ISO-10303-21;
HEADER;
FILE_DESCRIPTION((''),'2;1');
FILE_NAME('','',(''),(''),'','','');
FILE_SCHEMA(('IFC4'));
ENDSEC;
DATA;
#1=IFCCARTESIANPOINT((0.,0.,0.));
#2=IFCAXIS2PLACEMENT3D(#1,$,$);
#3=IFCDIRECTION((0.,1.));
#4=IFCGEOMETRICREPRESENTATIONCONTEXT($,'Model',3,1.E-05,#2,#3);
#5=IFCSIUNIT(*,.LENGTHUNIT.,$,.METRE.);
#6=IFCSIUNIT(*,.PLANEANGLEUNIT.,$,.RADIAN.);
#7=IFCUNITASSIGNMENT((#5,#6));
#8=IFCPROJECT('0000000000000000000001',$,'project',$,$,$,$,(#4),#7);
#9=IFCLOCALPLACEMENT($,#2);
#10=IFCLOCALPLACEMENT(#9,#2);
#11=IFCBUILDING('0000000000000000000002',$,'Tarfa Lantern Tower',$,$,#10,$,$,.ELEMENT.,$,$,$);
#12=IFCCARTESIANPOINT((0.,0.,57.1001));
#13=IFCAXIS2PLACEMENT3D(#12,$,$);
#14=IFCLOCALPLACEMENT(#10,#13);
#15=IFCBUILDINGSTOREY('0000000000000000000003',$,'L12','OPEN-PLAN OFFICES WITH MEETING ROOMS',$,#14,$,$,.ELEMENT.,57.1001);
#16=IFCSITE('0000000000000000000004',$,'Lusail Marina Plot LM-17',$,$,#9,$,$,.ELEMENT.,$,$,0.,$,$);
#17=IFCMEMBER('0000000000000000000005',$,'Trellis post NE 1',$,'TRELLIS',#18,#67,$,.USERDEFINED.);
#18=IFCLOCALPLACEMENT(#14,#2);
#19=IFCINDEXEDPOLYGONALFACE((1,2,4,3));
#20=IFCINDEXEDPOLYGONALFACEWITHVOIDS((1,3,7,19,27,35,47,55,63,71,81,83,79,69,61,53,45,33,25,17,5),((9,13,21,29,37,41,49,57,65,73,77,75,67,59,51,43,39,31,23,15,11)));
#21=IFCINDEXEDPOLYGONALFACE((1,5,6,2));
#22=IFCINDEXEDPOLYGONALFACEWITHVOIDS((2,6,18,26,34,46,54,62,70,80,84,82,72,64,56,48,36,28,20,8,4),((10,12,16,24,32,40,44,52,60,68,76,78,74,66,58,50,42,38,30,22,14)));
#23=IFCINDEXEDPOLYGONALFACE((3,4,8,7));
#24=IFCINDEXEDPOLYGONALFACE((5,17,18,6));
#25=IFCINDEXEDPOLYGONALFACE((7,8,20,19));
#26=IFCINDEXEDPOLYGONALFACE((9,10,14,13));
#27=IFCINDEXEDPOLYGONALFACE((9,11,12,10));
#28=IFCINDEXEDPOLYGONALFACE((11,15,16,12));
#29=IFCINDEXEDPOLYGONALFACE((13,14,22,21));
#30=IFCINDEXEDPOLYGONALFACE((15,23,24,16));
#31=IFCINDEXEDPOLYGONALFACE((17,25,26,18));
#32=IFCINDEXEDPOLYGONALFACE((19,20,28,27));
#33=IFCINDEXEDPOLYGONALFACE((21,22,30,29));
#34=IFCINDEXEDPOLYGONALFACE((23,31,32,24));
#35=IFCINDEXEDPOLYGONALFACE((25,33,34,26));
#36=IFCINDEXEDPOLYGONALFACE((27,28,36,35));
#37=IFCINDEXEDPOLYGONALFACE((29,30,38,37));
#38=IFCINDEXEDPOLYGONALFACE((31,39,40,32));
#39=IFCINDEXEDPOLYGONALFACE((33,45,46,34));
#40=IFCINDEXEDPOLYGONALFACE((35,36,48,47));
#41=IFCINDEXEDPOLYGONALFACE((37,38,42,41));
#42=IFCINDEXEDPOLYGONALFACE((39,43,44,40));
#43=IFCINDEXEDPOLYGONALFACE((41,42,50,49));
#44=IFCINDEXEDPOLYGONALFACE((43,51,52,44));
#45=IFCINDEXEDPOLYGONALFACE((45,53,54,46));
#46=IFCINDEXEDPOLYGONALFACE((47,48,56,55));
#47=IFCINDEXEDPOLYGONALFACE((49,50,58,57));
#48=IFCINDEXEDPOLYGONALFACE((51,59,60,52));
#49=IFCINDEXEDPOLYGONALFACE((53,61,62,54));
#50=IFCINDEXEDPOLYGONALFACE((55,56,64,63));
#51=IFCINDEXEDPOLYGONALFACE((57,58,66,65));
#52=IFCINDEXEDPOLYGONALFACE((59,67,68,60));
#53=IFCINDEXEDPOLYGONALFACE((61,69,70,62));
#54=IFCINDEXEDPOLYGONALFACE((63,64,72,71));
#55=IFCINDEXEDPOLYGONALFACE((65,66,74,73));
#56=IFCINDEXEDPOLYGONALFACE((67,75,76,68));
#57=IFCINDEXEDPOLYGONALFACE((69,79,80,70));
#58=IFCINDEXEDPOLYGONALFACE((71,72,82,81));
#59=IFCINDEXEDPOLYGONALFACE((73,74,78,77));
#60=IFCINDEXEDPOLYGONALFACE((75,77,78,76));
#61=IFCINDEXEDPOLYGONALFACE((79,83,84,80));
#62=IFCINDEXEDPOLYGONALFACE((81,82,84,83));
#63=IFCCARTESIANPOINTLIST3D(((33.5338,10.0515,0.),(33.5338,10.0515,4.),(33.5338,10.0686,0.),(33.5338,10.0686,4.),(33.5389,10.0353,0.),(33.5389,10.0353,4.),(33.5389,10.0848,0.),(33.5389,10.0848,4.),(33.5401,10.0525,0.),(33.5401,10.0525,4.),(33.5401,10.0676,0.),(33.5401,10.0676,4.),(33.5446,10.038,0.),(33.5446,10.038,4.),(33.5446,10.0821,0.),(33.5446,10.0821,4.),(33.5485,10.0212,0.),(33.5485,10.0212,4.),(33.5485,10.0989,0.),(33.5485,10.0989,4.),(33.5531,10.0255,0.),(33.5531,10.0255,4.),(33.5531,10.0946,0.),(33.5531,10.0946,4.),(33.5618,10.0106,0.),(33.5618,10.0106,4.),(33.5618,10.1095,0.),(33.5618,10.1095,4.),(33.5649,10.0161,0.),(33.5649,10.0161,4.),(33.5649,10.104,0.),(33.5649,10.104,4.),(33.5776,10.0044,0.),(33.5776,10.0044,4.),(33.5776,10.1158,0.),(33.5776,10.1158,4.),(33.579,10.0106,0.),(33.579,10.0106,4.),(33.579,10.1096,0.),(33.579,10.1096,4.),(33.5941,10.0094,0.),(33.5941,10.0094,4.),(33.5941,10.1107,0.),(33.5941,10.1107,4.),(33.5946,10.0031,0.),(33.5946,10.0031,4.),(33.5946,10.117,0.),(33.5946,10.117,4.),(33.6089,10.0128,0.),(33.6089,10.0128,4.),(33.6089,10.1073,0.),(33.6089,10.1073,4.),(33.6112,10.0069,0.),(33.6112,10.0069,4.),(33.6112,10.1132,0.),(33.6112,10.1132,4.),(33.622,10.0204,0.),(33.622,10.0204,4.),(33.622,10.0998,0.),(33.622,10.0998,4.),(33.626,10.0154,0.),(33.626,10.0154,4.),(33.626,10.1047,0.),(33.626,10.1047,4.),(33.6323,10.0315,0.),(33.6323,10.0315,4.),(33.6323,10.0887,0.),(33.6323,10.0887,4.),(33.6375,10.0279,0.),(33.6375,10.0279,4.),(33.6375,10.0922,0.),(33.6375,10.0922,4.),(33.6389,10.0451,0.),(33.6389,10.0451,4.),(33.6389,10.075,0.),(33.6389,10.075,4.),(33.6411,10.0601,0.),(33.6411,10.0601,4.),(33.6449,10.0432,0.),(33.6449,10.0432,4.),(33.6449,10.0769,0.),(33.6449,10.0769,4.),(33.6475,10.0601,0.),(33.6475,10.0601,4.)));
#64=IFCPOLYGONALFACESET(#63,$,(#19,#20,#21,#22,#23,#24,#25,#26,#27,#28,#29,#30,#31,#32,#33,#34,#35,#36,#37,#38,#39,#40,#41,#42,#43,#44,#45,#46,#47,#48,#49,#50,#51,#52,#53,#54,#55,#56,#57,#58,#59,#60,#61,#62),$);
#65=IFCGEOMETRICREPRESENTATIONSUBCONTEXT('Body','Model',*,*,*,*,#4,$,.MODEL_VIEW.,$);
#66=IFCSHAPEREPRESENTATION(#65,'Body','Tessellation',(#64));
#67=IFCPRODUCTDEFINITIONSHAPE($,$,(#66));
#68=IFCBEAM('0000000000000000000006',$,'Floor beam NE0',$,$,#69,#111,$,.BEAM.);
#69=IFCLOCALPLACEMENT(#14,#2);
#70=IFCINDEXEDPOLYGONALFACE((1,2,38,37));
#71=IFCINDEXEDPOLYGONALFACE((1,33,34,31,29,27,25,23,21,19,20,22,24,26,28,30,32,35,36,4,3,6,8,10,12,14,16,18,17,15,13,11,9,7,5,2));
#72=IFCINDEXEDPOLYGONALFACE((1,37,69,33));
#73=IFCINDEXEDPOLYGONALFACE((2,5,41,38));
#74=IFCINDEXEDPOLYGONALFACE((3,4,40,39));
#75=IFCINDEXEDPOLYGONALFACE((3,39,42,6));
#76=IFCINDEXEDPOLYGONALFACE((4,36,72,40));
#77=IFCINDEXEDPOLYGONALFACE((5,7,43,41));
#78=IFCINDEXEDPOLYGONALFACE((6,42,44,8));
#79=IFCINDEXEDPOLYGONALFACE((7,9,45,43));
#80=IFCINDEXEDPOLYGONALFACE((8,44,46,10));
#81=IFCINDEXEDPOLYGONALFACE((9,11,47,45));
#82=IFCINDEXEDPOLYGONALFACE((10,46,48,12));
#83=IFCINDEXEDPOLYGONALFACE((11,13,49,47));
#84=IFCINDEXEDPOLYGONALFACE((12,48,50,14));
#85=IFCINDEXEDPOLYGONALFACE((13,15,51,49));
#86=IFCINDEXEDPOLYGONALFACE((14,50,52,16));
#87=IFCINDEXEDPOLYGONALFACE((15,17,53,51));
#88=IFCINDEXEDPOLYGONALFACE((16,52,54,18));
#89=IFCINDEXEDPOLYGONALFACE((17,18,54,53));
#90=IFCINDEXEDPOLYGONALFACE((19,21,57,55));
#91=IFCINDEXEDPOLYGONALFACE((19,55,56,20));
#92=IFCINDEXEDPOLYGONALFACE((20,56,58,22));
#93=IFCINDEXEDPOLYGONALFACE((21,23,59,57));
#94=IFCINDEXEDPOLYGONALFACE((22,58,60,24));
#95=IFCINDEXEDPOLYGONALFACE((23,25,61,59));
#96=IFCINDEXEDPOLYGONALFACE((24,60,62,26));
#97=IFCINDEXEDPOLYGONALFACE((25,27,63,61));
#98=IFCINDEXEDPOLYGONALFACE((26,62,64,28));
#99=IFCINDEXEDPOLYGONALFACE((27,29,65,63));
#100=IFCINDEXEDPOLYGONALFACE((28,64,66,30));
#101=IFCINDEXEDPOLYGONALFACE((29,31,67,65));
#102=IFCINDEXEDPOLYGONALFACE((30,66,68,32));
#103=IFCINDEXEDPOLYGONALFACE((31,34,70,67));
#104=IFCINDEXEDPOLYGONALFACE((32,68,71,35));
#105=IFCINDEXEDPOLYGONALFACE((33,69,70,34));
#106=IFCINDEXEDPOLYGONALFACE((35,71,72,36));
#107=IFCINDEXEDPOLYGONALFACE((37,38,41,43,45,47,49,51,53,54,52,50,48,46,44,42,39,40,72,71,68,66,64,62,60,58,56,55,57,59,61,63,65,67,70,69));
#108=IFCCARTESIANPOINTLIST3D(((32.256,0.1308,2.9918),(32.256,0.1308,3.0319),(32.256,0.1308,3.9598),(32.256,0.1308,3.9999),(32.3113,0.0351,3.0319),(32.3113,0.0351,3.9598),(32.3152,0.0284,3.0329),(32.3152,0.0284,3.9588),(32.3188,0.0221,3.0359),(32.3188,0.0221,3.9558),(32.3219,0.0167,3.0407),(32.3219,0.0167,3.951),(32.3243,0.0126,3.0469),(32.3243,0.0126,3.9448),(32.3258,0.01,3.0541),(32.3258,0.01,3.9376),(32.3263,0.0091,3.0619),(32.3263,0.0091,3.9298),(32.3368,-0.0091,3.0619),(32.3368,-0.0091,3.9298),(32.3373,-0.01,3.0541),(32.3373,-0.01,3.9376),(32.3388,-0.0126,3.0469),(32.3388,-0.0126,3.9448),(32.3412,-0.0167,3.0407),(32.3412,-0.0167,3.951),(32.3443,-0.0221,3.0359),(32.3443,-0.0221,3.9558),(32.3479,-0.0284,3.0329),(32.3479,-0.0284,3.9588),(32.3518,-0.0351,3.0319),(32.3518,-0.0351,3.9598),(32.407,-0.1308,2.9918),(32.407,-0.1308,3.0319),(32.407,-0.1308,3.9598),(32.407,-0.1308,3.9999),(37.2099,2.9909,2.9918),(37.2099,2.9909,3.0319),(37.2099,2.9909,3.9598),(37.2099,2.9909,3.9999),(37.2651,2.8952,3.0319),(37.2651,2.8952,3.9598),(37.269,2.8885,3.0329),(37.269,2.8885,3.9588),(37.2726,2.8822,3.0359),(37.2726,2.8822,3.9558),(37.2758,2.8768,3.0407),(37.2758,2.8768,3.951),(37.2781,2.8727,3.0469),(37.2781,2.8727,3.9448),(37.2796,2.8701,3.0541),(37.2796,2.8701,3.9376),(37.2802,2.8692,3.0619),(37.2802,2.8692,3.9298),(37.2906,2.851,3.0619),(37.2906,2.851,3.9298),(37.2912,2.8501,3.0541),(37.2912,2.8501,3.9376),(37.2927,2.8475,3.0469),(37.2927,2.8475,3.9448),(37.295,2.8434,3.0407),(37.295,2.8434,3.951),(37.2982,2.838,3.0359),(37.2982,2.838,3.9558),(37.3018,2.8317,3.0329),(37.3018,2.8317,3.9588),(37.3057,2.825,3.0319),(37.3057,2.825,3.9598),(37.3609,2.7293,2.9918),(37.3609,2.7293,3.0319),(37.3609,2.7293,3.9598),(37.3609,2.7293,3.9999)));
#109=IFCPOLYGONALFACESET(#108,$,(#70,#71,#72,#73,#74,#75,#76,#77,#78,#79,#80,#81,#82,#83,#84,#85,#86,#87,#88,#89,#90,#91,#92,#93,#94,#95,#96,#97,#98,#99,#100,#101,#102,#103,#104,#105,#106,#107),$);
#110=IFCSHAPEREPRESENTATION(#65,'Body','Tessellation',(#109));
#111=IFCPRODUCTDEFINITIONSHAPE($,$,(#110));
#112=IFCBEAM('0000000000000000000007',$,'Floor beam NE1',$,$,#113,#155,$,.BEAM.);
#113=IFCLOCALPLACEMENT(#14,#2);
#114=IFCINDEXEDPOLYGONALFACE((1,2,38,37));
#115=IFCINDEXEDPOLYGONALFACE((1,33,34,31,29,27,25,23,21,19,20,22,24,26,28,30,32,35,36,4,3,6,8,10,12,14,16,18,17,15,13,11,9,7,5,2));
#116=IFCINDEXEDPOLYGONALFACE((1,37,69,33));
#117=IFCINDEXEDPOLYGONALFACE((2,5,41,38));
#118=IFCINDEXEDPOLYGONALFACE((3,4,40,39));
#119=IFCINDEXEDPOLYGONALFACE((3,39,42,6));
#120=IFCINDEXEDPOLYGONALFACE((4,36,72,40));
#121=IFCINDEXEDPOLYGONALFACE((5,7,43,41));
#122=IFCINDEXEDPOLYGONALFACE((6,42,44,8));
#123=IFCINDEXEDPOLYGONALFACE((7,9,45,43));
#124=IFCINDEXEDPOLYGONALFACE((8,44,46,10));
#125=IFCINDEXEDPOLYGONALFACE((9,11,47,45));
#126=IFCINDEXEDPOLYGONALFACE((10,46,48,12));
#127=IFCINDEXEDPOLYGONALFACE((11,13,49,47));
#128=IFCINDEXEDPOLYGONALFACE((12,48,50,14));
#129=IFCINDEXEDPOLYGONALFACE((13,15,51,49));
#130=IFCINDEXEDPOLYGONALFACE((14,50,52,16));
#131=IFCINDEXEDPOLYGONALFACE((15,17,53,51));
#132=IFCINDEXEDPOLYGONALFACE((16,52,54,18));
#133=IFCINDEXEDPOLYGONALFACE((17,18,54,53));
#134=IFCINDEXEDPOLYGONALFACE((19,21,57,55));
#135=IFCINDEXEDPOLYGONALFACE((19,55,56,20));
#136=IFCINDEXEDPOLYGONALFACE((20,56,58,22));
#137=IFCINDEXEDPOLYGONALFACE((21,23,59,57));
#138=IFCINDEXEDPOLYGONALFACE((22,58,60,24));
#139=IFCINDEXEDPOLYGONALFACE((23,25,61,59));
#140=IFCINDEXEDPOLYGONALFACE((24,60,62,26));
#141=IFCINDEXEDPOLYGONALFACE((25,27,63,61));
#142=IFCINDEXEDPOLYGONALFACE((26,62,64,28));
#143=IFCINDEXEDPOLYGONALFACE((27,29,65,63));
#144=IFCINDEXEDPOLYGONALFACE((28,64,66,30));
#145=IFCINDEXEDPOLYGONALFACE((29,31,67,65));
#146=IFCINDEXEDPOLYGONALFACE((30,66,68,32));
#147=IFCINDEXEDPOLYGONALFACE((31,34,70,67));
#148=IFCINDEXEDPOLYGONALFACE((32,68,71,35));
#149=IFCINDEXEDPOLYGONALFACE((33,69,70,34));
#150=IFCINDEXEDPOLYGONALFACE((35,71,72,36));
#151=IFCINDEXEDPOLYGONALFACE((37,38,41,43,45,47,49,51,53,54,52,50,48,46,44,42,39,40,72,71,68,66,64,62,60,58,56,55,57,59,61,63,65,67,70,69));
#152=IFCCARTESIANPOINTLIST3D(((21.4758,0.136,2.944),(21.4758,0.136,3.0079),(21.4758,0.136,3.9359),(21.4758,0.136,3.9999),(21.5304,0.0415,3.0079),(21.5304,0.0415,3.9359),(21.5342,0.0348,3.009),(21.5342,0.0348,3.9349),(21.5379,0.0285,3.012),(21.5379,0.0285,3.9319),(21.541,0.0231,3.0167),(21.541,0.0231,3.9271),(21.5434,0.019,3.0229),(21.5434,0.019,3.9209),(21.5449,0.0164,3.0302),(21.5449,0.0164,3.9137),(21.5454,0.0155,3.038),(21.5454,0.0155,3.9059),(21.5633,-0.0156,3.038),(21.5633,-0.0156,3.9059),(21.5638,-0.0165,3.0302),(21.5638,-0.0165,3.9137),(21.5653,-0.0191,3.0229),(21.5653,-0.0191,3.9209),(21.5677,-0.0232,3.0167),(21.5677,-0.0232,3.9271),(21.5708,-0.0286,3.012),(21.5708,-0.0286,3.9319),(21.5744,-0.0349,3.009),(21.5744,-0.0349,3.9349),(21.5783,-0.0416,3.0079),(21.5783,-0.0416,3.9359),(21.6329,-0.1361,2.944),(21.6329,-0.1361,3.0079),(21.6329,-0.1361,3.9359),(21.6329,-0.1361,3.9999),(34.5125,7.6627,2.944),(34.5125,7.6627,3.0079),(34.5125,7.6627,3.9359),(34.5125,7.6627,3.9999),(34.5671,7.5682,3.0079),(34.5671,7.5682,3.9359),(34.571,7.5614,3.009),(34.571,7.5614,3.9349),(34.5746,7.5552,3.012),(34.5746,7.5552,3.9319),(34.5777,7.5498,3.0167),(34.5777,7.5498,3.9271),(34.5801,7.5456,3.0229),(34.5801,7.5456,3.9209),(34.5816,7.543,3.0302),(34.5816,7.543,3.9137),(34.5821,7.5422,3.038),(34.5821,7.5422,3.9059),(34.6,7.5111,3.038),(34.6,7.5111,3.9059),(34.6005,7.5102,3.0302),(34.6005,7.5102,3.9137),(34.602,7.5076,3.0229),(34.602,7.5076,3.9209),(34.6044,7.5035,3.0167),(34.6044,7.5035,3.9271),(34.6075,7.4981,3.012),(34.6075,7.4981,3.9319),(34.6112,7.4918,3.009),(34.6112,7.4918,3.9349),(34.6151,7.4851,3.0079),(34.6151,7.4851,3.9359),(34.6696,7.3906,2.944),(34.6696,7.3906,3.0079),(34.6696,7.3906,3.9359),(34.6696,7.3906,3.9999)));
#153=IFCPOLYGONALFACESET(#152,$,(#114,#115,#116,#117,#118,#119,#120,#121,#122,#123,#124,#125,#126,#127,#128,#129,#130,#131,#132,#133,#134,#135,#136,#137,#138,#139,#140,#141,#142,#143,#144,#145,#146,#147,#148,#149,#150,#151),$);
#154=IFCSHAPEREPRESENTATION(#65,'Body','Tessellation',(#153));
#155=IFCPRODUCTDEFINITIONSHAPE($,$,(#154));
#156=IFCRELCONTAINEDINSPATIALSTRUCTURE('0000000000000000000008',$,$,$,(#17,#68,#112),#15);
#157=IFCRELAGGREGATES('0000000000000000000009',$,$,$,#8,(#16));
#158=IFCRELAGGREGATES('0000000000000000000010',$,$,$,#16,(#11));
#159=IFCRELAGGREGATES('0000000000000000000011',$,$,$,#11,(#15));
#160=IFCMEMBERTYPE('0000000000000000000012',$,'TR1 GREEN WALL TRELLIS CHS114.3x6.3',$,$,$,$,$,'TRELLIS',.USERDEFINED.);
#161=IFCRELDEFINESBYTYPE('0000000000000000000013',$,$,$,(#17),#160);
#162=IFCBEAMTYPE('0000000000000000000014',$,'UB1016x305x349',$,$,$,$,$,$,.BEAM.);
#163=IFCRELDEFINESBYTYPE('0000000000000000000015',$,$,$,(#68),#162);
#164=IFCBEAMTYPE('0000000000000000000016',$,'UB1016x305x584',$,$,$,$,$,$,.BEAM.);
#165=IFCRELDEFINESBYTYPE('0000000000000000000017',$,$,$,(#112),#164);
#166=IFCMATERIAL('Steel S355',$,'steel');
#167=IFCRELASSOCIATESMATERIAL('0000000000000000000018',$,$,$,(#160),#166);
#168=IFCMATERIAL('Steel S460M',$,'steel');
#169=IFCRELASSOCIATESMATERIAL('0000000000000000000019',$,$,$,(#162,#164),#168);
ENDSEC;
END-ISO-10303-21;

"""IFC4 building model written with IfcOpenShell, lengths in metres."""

from ifc_helpers import new_model, si_unit, direction, frame, origin, origin_2d, place, context, subcontext, project, spatial, hollow_circle, i_section, extrude, material, material_profile, profile_set, type_object, element, save


model = new_model("IFC4")

# Units and contexts
model_context = context("Model", 3, precision=1e-05, world=origin(), true_north=direction((0.0, 1.0)))
body_context = subcontext(model_context, "Body", "Model", "MODEL_VIEW")
ifc_project = project(units=[si_unit("LENGTHUNIT", "METRE"), si_unit("PLANEANGLEUNIT", "RADIAN")], contexts=[model_context])

# Site, building, storey
site_placement = place(None, origin())
site = spatial("IfcSite", under=ifc_project, at=site_placement, Name="Lusail Marina Plot LM-17", CompositionType="ELEMENT", RefElevation=0.0)
building_placement = place(site_placement, origin())
building = spatial("IfcBuilding", under=site, at=building_placement, Name="Tarfa Lantern Tower", CompositionType="ELEMENT")
storey_placement = place(building_placement, frame((0.0, 0.0, 57.1001)))
storey = spatial("IfcBuildingStorey", under=building, at=storey_placement, Name="L12", Description="OPEN-PLAN OFFICES WITH MEETING ROOMS", CompositionType="ELEMENT", Elevation=57.1001)

# Member
ifc_material_1 = material(Name="Steel S355", Category="steel")
ifc_material_profile_1 = material_profile(ifc_material_1, hollow_circle(Radius=0.0571, WallThickness=0.0063, at=origin_2d()), Name="CHS114.3x6.3")
ifc_profile_set_1 = profile_set([ifc_material_profile_1], Name="Steel S355")
member_type_1 = type_object("IfcMemberType", Name="TR1 GREEN WALL TRELLIS CHS114.3x6.3", ElementType="TRELLIS", PredefinedType="USERDEFINED", material=ifc_profile_set_1)
member_1_placement = place(storey_placement, frame((33.5903, 10.0601, 0.0), z_axis=(0.0, 0.0, 1.0), x_axis=(1.0, 0.0, 0.0)))
element("IfcMember", 1, at=member_1_placement, inside=storey, type_object=member_type_1, Name="Trellis post NE 1", ObjectType="TRELLIS", PredefinedType="USERDEFINED", context=body_context, shape_type="SweptSolid", body=[
    extrude(hollow_circle(Radius=0.0571, WallThickness=0.0063, at=origin_2d()), origin(), (0.0, 0.0, 1.0), 4.0),
])

# Beams
ifc_material_2 = material(Name="Steel S460M", Category="steel")
ifc_material_profile_2 = material_profile(ifc_material_2, i_section(OverallWidth=0.302, OverallDepth=1.0081, WebThickness=0.021, FlangeThickness=0.04, FilletRadius=0.03, at=origin_2d()), Name="UB1016x305x349")
ifc_profile_set_2 = profile_set([ifc_material_profile_2], Name="Steel S460M")
beam_type_1 = type_object("IfcBeamType", Name="UB1016x305x349", PredefinedType="BEAM", material=ifc_profile_set_2)
beam_1_placement = place(storey_placement, frame((37.2854, 2.8601, 3.4958), z_axis=(-0.866026, -0.5, 0.0), x_axis=(0.5, -0.866026, 0.0)))
element("IfcBeam", 2, at=beam_1_placement, inside=storey, type_object=beam_type_1, Name="Floor beam NE0", PredefinedType="BEAM", context=body_context, shape_type="SweptSolid", body=[
    extrude(i_section(OverallWidth=0.302, OverallDepth=1.0081, WebThickness=0.021, FlangeThickness=0.04, FilletRadius=0.03, at=origin_2d()), origin(), (0.0, 0.0, 1.0), 5.7202),
])
ifc_material_profile_3 = material_profile(ifc_material_2, i_section(OverallWidth=0.3142, OverallDepth=1.0559, WebThickness=0.0359, FlangeThickness=0.064, FilletRadius=0.03, at=origin_2d()), Name="UB1016x305x584")
ifc_profile_set_3 = profile_set([ifc_material_profile_3], Name="Steel S460M")
beam_type_2 = type_object("IfcBeamType", Name="UB1016x305x584", PredefinedType="BEAM", material=ifc_profile_set_3)
beam_2_placement = place(storey_placement, frame((34.5911, 7.5266, 3.4719), z_axis=(-0.866028, -0.499996, 0.0), x_axis=(0.499996, -0.866028, 0.0)))
element("IfcBeam", 3, at=beam_2_placement, inside=storey, type_object=beam_type_2, Name="Floor beam NE1", PredefinedType="BEAM", context=body_context, shape_type="SweptSolid", body=[
    extrude(i_section(OverallWidth=0.3142, OverallDepth=1.0559, WebThickness=0.0359, FlangeThickness=0.064, FilletRadius=0.03, at=origin_2d()), origin(), (0.0, 0.0, 1.0), 15.0535),
])

save(model, "model.ifc")
